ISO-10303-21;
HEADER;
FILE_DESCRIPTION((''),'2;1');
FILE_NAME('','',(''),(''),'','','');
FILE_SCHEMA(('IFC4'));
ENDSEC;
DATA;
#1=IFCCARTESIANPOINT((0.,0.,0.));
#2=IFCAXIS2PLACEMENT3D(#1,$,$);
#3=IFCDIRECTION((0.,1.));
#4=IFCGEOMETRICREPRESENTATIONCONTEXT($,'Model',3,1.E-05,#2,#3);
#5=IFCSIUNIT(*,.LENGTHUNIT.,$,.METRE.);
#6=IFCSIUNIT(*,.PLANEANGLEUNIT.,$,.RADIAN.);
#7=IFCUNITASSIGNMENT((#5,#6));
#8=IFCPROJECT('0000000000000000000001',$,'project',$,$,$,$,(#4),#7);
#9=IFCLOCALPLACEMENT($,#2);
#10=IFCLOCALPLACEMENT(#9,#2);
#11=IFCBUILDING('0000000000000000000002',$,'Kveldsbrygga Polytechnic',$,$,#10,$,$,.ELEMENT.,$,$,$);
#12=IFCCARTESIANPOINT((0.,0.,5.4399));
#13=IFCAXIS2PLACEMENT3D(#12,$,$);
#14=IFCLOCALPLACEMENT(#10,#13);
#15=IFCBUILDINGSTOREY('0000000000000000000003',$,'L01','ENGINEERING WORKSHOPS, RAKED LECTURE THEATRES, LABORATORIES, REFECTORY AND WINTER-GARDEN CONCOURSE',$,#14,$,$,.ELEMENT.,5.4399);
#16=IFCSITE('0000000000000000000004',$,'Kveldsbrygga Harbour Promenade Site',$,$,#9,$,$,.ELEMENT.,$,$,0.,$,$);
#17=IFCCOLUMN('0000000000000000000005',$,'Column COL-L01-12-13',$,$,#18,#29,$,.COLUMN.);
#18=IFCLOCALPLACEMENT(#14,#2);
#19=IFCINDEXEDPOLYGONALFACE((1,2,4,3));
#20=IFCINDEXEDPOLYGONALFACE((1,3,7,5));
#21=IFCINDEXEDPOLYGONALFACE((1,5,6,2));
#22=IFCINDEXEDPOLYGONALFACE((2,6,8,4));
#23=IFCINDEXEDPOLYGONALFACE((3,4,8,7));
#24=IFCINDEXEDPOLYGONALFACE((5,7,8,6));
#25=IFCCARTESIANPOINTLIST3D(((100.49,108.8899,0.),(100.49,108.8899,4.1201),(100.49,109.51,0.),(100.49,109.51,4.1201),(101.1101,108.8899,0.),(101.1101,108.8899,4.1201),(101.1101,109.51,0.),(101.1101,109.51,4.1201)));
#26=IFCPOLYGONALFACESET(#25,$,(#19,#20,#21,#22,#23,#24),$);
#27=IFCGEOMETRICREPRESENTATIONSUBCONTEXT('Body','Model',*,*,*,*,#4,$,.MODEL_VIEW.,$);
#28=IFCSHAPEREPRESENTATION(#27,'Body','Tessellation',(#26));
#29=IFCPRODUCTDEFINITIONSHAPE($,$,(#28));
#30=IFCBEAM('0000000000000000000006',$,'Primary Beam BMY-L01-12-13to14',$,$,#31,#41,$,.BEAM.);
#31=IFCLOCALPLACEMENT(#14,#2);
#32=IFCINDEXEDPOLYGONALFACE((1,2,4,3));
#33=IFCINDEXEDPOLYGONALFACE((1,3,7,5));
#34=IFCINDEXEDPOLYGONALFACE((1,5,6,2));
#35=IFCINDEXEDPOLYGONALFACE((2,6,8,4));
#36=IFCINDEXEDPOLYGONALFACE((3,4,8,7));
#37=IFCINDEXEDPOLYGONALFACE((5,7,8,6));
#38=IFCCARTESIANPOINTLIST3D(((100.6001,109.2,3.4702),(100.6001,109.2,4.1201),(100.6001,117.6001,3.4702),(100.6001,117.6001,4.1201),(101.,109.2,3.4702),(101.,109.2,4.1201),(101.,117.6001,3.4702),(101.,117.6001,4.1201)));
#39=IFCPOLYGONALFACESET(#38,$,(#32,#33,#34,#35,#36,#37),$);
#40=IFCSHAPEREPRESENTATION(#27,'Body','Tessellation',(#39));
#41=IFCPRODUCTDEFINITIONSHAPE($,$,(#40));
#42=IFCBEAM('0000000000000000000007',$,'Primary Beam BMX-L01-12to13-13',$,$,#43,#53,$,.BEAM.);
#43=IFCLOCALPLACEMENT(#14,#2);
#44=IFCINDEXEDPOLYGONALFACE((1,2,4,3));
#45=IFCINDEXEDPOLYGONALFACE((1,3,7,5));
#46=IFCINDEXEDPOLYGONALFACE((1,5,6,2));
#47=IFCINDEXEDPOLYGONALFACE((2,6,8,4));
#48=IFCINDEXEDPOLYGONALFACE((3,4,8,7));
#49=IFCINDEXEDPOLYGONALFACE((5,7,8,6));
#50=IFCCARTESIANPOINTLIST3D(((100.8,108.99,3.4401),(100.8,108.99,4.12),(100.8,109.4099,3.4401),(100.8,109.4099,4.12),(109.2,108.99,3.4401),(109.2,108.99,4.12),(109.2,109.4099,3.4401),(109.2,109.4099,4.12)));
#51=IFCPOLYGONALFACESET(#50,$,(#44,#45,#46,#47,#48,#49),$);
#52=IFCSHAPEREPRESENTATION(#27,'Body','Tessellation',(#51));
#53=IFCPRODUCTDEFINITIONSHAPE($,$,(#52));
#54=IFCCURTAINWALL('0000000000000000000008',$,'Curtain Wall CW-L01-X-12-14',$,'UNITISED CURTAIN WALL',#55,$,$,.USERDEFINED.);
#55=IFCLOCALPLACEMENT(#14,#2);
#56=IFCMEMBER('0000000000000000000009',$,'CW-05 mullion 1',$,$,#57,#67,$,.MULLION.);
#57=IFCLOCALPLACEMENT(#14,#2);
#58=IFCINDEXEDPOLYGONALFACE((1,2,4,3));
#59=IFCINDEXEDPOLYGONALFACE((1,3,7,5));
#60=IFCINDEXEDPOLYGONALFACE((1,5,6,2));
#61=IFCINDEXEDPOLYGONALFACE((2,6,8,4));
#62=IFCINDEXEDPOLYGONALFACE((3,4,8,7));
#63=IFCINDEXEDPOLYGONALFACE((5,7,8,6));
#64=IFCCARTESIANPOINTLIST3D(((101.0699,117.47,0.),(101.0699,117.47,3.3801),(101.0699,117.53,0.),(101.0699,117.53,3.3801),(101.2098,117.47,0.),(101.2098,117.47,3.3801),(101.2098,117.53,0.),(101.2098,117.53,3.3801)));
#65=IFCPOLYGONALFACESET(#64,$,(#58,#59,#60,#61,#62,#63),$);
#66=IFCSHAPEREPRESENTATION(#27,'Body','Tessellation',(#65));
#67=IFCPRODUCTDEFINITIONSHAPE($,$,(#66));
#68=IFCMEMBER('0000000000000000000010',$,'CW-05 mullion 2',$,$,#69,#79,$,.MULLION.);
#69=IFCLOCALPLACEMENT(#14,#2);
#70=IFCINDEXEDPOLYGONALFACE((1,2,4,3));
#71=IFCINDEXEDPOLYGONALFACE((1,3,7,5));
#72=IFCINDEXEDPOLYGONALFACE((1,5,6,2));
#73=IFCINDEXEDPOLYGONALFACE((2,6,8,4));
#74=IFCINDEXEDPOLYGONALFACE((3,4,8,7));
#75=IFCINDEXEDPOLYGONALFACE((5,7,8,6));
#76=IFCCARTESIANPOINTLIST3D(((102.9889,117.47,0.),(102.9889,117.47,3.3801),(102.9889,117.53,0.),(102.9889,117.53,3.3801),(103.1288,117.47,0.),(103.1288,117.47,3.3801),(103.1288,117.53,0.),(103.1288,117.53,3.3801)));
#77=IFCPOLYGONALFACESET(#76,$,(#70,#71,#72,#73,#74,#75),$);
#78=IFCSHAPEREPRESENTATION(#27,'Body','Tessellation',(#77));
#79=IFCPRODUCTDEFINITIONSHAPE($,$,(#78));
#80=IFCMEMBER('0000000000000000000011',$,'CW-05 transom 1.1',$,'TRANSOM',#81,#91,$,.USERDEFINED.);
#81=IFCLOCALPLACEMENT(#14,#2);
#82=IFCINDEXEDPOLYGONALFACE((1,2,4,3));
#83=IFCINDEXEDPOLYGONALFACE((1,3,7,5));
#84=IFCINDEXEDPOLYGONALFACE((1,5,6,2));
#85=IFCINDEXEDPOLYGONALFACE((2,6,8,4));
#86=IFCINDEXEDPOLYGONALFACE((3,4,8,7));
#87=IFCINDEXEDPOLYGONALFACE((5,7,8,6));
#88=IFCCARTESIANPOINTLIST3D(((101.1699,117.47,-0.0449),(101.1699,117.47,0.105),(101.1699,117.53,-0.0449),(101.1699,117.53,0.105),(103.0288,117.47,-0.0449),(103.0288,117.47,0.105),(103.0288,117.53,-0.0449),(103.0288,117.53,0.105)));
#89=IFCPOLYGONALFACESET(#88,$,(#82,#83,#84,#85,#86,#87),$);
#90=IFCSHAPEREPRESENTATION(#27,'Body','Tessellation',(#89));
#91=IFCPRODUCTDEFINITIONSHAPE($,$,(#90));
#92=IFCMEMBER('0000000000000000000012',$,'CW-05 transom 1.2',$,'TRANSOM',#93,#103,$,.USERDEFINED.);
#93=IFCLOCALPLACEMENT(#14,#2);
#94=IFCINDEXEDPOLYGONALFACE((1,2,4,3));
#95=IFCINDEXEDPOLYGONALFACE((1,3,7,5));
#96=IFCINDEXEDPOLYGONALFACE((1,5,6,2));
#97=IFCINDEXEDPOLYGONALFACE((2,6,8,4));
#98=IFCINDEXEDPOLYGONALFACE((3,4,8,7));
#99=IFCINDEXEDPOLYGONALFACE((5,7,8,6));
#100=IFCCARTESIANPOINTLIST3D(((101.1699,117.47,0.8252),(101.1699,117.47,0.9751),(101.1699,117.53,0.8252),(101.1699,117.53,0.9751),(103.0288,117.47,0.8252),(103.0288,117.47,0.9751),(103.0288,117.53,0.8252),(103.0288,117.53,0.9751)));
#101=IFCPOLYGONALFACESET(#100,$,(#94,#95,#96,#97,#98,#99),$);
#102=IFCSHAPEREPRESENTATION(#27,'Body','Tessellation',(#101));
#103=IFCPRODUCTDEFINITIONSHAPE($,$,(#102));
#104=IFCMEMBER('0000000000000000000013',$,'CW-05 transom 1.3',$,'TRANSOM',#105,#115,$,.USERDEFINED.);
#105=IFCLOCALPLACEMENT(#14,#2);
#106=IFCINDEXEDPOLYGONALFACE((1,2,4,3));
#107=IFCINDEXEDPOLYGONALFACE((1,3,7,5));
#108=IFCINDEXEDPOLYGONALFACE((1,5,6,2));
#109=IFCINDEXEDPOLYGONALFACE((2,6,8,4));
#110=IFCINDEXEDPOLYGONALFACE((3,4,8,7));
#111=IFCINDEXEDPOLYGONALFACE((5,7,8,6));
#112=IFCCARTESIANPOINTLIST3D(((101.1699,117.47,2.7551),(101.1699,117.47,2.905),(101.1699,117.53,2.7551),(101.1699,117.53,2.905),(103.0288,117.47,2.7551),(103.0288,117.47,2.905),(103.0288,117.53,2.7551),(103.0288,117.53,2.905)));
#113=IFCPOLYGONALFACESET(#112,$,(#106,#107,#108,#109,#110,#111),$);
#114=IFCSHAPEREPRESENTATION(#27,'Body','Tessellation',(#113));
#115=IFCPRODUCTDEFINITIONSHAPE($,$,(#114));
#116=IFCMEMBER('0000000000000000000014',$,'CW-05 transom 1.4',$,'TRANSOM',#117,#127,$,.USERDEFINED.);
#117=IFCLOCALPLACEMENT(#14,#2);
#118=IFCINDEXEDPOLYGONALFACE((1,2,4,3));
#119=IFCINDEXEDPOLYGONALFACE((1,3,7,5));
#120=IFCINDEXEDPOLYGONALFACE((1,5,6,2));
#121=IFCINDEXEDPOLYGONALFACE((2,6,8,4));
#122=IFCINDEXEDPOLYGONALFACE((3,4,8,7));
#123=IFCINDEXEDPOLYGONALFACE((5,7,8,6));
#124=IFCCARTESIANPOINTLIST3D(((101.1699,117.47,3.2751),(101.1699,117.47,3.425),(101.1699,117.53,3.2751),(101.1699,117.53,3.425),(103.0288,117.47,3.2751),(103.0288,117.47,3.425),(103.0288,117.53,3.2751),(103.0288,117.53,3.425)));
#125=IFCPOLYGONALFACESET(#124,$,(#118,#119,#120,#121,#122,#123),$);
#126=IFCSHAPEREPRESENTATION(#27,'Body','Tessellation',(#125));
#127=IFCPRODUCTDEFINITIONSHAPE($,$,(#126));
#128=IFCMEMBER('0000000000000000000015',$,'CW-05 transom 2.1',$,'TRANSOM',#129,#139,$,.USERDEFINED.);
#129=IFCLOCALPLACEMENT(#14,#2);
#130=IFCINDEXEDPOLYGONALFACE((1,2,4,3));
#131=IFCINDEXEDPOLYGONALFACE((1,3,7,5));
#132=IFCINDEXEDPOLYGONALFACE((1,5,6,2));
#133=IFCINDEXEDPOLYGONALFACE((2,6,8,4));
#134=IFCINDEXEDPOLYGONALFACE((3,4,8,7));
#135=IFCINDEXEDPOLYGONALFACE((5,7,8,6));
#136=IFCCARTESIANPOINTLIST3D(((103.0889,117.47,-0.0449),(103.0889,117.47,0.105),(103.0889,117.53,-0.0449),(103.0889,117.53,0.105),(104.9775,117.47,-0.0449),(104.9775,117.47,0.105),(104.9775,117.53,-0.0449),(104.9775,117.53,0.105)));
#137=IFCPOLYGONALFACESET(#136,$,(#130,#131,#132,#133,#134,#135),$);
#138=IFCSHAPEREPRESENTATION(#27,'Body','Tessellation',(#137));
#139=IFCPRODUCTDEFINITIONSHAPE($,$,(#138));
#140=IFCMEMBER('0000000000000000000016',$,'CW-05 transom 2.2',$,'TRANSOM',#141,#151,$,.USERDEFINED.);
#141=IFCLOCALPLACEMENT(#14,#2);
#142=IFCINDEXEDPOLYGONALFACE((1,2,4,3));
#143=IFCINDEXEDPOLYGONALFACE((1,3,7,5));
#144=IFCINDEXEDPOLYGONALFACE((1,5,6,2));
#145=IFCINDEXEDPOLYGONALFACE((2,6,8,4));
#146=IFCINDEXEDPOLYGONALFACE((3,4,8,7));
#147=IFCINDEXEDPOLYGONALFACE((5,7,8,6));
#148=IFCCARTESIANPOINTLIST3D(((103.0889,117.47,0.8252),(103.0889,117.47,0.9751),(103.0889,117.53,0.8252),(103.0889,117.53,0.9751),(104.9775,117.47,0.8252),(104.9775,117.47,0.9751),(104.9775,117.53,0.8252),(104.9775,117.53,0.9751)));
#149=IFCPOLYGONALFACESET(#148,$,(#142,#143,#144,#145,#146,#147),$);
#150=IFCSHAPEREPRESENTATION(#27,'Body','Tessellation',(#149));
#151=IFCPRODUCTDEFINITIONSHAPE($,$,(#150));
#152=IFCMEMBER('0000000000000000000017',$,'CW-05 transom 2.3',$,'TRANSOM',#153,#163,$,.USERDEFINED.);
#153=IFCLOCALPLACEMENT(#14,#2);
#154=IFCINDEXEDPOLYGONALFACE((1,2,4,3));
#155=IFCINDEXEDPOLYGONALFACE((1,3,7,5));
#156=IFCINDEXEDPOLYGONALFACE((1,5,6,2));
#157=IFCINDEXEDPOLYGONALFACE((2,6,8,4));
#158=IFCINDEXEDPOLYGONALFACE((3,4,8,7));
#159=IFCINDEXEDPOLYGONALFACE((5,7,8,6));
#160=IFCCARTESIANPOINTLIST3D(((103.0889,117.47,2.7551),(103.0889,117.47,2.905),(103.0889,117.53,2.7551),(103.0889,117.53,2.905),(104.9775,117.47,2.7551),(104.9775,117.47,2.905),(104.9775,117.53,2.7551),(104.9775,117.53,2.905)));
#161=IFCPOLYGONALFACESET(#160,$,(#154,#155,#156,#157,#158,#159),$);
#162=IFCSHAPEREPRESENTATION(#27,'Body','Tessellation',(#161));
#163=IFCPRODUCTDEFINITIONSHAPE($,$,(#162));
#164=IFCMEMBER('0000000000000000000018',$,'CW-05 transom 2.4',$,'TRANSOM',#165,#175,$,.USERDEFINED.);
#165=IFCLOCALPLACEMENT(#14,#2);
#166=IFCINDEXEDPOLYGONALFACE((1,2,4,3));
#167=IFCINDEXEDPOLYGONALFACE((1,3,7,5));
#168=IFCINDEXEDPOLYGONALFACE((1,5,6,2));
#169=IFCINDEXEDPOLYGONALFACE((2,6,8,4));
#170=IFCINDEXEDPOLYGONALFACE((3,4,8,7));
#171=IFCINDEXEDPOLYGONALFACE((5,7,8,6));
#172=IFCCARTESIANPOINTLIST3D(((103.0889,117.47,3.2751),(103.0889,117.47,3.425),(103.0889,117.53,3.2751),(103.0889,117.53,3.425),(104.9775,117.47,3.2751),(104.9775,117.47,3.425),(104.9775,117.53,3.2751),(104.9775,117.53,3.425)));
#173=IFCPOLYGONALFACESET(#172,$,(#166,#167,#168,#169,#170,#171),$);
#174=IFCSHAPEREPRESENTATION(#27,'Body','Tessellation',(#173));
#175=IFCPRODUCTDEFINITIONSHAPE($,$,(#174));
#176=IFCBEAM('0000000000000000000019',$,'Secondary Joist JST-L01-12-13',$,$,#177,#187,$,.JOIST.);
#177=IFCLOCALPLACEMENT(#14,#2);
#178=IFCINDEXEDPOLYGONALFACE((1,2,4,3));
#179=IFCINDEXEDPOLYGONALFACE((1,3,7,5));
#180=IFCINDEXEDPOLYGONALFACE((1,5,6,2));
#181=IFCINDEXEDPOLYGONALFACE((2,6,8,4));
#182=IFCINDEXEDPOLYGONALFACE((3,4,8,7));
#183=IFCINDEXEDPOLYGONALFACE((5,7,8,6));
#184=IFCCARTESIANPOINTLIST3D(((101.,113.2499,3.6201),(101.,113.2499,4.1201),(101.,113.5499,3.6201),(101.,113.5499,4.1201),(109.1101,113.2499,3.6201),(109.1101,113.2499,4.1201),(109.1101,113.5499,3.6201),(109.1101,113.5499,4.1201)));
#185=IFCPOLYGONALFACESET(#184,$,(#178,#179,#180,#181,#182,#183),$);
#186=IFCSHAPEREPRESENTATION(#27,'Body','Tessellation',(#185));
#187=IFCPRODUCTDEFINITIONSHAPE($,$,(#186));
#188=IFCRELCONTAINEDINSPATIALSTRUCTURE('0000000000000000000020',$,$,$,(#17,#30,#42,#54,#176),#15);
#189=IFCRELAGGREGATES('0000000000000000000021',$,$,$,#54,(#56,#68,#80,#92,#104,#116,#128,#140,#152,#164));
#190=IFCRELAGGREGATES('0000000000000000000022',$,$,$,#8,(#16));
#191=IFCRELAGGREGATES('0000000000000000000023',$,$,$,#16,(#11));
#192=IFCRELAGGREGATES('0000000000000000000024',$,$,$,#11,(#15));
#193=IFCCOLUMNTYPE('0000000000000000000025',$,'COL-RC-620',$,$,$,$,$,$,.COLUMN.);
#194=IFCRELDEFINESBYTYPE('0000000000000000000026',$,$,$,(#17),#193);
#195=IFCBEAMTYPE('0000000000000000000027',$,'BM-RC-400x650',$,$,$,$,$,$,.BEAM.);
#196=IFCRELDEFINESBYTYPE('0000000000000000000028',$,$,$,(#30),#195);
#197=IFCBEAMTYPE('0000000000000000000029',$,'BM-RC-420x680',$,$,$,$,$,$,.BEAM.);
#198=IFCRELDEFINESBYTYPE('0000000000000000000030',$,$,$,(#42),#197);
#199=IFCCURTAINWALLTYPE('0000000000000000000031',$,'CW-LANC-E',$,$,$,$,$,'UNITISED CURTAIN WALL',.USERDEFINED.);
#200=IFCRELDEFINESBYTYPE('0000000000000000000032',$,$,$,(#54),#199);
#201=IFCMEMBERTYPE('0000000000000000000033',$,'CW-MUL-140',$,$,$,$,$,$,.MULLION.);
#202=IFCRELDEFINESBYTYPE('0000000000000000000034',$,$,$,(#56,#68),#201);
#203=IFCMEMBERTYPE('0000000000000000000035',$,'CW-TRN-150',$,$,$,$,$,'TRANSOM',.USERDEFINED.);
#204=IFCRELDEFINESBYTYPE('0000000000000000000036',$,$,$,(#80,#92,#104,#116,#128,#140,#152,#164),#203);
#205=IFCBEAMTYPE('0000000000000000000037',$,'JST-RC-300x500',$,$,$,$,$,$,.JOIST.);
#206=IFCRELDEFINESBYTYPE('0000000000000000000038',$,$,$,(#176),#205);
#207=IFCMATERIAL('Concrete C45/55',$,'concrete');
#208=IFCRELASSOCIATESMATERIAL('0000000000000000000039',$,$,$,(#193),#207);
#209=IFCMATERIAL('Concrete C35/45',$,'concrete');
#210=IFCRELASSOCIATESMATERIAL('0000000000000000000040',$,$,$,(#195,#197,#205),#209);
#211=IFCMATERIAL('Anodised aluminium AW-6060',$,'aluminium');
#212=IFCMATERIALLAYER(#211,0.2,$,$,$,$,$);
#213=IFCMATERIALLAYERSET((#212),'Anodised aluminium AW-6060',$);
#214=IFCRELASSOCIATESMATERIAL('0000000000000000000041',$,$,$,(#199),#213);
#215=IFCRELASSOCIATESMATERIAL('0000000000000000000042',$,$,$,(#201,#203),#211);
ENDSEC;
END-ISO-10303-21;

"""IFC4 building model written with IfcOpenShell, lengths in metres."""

from ifc_helpers import new_model, si_unit, direction, frame, origin, origin_2d, place, context, subcontext, project, spatial, rectangle, extrude, material, layer, layer_set, material_profile, profile_set, type_object, element, aggregate, save


model = new_model("IFC4")

# Units and contexts
model_context = context("Model", 3, precision=1e-05, world=origin(), true_north=direction((0.0, 1.0)))
body_context = subcontext(model_context, "Body", "Model", "MODEL_VIEW")
ifc_project = project(units=[si_unit("LENGTHUNIT", "METRE"), si_unit("PLANEANGLEUNIT", "RADIAN")], contexts=[model_context])

# Site, building, storey
site_placement = place(None, origin())
site = spatial("IfcSite", under=ifc_project, at=site_placement, Name="Kveldsbrygga Harbour Promenade Site", CompositionType="ELEMENT", RefElevation=0.0)
building_placement = place(site_placement, origin())
building = spatial("IfcBuilding", under=site, at=building_placement, Name="Kveldsbrygga Polytechnic", CompositionType="ELEMENT")
storey_placement = place(building_placement, frame((0.0, 0.0, 5.4399)))
storey = spatial("IfcBuildingStorey", under=building, at=storey_placement, Name="L01", Description="ENGINEERING WORKSHOPS, RAKED LECTURE THEATRES, LABORATORIES, REFECTORY AND WINTER-GARDEN CONCOURSE", CompositionType="ELEMENT", Elevation=5.4399)

# Column
ifc_material_1 = material(Name="Concrete C45/55", Category="concrete")
ifc_material_profile_1 = material_profile(ifc_material_1, rectangle(XDim=0.6201, YDim=0.6201, at=origin_2d()), Name="RC 620x620")
ifc_profile_set_1 = profile_set([ifc_material_profile_1], Name="Concrete C45/55")
column_type = type_object("IfcColumnType", Name="COL-RC-620", PredefinedType="COLUMN", material=ifc_profile_set_1)
column_placement = place(storey_placement, frame((100.8, 109.2, 0.0), z_axis=(0.0, 0.0, 1.0), x_axis=(1.0, 0.0, 0.0)))
element("IfcColumn", 1, at=column_placement, inside=storey, type_object=column_type, Name="Column COL-L01-12-13", PredefinedType="COLUMN", context=body_context, shape_type="SweptSolid", body=[
    extrude(rectangle(XDim=0.6201, YDim=0.6201, at=origin_2d()), origin(), (0.0, 0.0, 1.0), 4.1201),
])

# Beams
ifc_material_2 = material(Name="Concrete C35/45", Category="concrete")
ifc_material_profile_2 = material_profile(ifc_material_2, rectangle(XDim=0.3999, YDim=0.6499, at=origin_2d()), Name="RC 400x650")
ifc_profile_set_2 = profile_set([ifc_material_profile_2], Name="Concrete C35/45")
beam_type_1 = type_object("IfcBeamType", Name="BM-RC-400x650", PredefinedType="BEAM", material=ifc_profile_set_2)
beam_1_placement = place(storey_placement, frame((100.8, 109.2, 3.7952), z_axis=(0.0, 1.0, 0.0), x_axis=(-1.0, 0.0, 0.0)))
element("IfcBeam", 2, at=beam_1_placement, inside=storey, type_object=beam_type_1, Name="Primary Beam BMY-L01-12-13to14", PredefinedType="BEAM", context=body_context, shape_type="SweptSolid", body=[
    extrude(rectangle(XDim=0.3999, YDim=0.6499, at=origin_2d()), origin(), (0.0, 0.0, 1.0), 8.4001),
])
ifc_material_profile_3 = material_profile(ifc_material_2, rectangle(XDim=0.4199, YDim=0.6799, at=origin_2d()), Name="RC 420x680")
ifc_profile_set_3 = profile_set([ifc_material_profile_3], Name="Concrete C35/45")
beam_type_2 = type_object("IfcBeamType", Name="BM-RC-420x680", PredefinedType="BEAM", material=ifc_profile_set_3)
beam_2_placement = place(storey_placement, frame((100.8, 109.2, 3.78), z_axis=(1.0, 0.0, 0.0), x_axis=(0.0, 1.0, 0.0)))
element("IfcBeam", 3, at=beam_2_placement, inside=storey, type_object=beam_type_2, Name="Primary Beam BMX-L01-12to13-13", PredefinedType="BEAM", context=body_context, shape_type="SweptSolid", body=[
    extrude(rectangle(XDim=0.4199, YDim=0.6799, at=origin_2d()), origin(), (0.0, 0.0, 1.0), 8.3999),
])

# Curtain wall, members
ifc_material_3 = material(Name="Anodised aluminium AW-6060", Category="aluminium")
ifc_layer_1 = layer(ifc_material_3, 0.2)
ifc_layer_set_1 = layer_set([ifc_layer_1], Name="Anodised aluminium AW-6060")
curtain_wall_type = type_object("IfcCurtainWallType", Name="CW-LANC-E", ElementType="UNITISED CURTAIN WALL", PredefinedType="USERDEFINED", material=ifc_layer_set_1)
curtain_wall_placement = place(storey_placement, origin())
curtain_wall = element("IfcCurtainWall", 4, at=curtain_wall_placement, inside=storey, type_object=curtain_wall_type, Name="Curtain Wall CW-L01-X-12-14", ObjectType="UNITISED CURTAIN WALL", PredefinedType="USERDEFINED")
ifc_material_profile_4 = material_profile(ifc_material_3, rectangle(XDim=0.0601, YDim=0.1399, at=origin_2d()), Name="ALU 60x140")
ifc_profile_set_4 = profile_set([ifc_material_profile_4], Name="Anodised aluminium AW-6060")
member_type_1 = type_object("IfcMemberType", Name="CW-MUL-140", PredefinedType="MULLION", material=ifc_profile_set_4)
member_1_placement = place(storey_placement, frame((101.1399, 117.5, 0.0), z_axis=(0.0, 0.0, 1.0), x_axis=(0.0, 1.0, 0.0)))
member_1 = element("IfcMember", 5, at=member_1_placement, type_object=member_type_1, Name="CW-05 mullion 1", PredefinedType="MULLION", context=body_context, shape_type="SweptSolid", body=[
    extrude(rectangle(XDim=0.0601, YDim=0.1399, at=origin_2d()), origin(), (0.0, 0.0, 1.0), 3.3801),
])
member_2_placement = place(storey_placement, frame((103.0588, 117.5, 0.0), z_axis=(0.0, 0.0, 1.0), x_axis=(0.0, 1.0, 0.0)))
member_2 = element("IfcMember", 6, at=member_2_placement, type_object=member_type_1, Name="CW-05 mullion 2", PredefinedType="MULLION", context=body_context, shape_type="SweptSolid", body=[
    extrude(rectangle(XDim=0.0601, YDim=0.1399, at=origin_2d()), origin(), (0.0, 0.0, 1.0), 3.3801),
])
ifc_material_profile_5 = material_profile(ifc_material_3, rectangle(XDim=0.0601, YDim=0.1499, at=origin_2d()), Name="ALU 60x150")
ifc_profile_set_5 = profile_set([ifc_material_profile_5], Name="Anodised aluminium AW-6060")
member_type_2 = type_object("IfcMemberType", Name="CW-TRN-150", ElementType="TRANSOM", PredefinedType="USERDEFINED", material=ifc_profile_set_5)
member_3_placement = place(storey_placement, frame((101.1699, 117.5, 0.03), z_axis=(1.0, 0.0, 0.0), x_axis=(0.0, 1.0, 0.0)))
member_3 = element("IfcMember", 7, at=member_3_placement, type_object=member_type_2, Name="CW-05 transom 1.1", ObjectType="TRANSOM", PredefinedType="USERDEFINED", context=body_context, shape_type="SweptSolid", body=[
    extrude(rectangle(XDim=0.0601, YDim=0.1499, at=origin_2d()), origin(), (0.0, 0.0, 1.0), 1.8589),
])
member_4_placement = place(storey_placement, frame((101.1699, 117.5, 0.9001), z_axis=(1.0, 0.0, 0.0), x_axis=(0.0, 1.0, 0.0)))
member_4 = element("IfcMember", 8, at=member_4_placement, type_object=member_type_2, Name="CW-05 transom 1.2", ObjectType="TRANSOM", PredefinedType="USERDEFINED", context=body_context, shape_type="SweptSolid", body=[
    extrude(rectangle(XDim=0.0601, YDim=0.1499, at=origin_2d()), origin(), (0.0, 0.0, 1.0), 1.8589),
])
member_5_placement = place(storey_placement, frame((101.1699, 117.5, 2.8301), z_axis=(1.0, 0.0, 0.0), x_axis=(0.0, 1.0, 0.0)))
member_5 = element("IfcMember", 9, at=member_5_placement, type_object=member_type_2, Name="CW-05 transom 1.3", ObjectType="TRANSOM", PredefinedType="USERDEFINED", context=body_context, shape_type="SweptSolid", body=[
    extrude(rectangle(XDim=0.0601, YDim=0.1499, at=origin_2d()), origin(), (0.0, 0.0, 1.0), 1.8589),
])
member_6_placement = place(storey_placement, frame((101.1699, 117.5, 3.3501), z_axis=(1.0, 0.0, 0.0), x_axis=(0.0, 1.0, 0.0)))
member_6 = element("IfcMember", 10, at=member_6_placement, type_object=member_type_2, Name="CW-05 transom 1.4", ObjectType="TRANSOM", PredefinedType="USERDEFINED", context=body_context, shape_type="SweptSolid", body=[
    extrude(rectangle(XDim=0.0601, YDim=0.1499, at=origin_2d()), origin(), (0.0, 0.0, 1.0), 1.8589),
])
member_7_placement = place(storey_placement, frame((103.0889, 117.5, 0.03), z_axis=(1.0, 0.0, 0.0), x_axis=(0.0, 1.0, 0.0)))
member_7 = element("IfcMember", 11, at=member_7_placement, type_object=member_type_2, Name="CW-05 transom 2.1", ObjectType="TRANSOM", PredefinedType="USERDEFINED", context=body_context, shape_type="SweptSolid", body=[
    extrude(rectangle(XDim=0.0601, YDim=0.1499, at=origin_2d()), origin(), (0.0, 0.0, 1.0), 1.8887),
])
member_8_placement = place(storey_placement, frame((103.0889, 117.5, 0.9001), z_axis=(1.0, 0.0, 0.0), x_axis=(0.0, 1.0, 0.0)))
member_8 = element("IfcMember", 12, at=member_8_placement, type_object=member_type_2, Name="CW-05 transom 2.2", ObjectType="TRANSOM", PredefinedType="USERDEFINED", context=body_context, shape_type="SweptSolid", body=[
    extrude(rectangle(XDim=0.0601, YDim=0.1499, at=origin_2d()), origin(), (0.0, 0.0, 1.0), 1.8887),
])
member_9_placement = place(storey_placement, frame((103.0889, 117.5, 2.8301), z_axis=(1.0, 0.0, 0.0), x_axis=(0.0, 1.0, 0.0)))
member_9 = element("IfcMember", 13, at=member_9_placement, type_object=member_type_2, Name="CW-05 transom 2.3", ObjectType="TRANSOM", PredefinedType="USERDEFINED", context=body_context, shape_type="SweptSolid", body=[
    extrude(rectangle(XDim=0.0601, YDim=0.1499, at=origin_2d()), origin(), (0.0, 0.0, 1.0), 1.8887),
])
member_10_placement = place(storey_placement, frame((103.0889, 117.5, 3.3501), z_axis=(1.0, 0.0, 0.0), x_axis=(0.0, 1.0, 0.0)))
member_10 = element("IfcMember", 14, at=member_10_placement, type_object=member_type_2, Name="CW-05 transom 2.4", ObjectType="TRANSOM", PredefinedType="USERDEFINED", context=body_context, shape_type="SweptSolid", body=[
    extrude(rectangle(XDim=0.0601, YDim=0.1499, at=origin_2d()), origin(), (0.0, 0.0, 1.0), 1.8887),
])

# Beam
ifc_material_profile_6 = material_profile(ifc_material_2, rectangle(XDim=0.3, YDim=0.5, at=origin_2d()), Name="RC 300x500")
ifc_profile_set_6 = profile_set([ifc_material_profile_6], Name="Concrete C35/45")
beam_type_3 = type_object("IfcBeamType", Name="JST-RC-300x500", PredefinedType="JOIST", material=ifc_profile_set_6)
beam_3_placement = place(storey_placement, frame((101.0, 113.3999, 3.8701), z_axis=(1.0, 0.0, 0.0), x_axis=(0.0, 1.0, 0.0)))
element("IfcBeam", 15, at=beam_3_placement, inside=storey, type_object=beam_type_3, Name="Secondary Joist JST-L01-12-13", PredefinedType="JOIST", context=body_context, shape_type="SweptSolid", body=[
    extrude(rectangle(XDim=0.3, YDim=0.5, at=origin_2d()), origin(), (0.0, 0.0, 1.0), 8.1101),
])

aggregate(curtain_wall, [member_1, member_2, member_3, member_4, member_5, member_6, member_7, member_8, member_9, member_10])

save(model, "model.ifc")
